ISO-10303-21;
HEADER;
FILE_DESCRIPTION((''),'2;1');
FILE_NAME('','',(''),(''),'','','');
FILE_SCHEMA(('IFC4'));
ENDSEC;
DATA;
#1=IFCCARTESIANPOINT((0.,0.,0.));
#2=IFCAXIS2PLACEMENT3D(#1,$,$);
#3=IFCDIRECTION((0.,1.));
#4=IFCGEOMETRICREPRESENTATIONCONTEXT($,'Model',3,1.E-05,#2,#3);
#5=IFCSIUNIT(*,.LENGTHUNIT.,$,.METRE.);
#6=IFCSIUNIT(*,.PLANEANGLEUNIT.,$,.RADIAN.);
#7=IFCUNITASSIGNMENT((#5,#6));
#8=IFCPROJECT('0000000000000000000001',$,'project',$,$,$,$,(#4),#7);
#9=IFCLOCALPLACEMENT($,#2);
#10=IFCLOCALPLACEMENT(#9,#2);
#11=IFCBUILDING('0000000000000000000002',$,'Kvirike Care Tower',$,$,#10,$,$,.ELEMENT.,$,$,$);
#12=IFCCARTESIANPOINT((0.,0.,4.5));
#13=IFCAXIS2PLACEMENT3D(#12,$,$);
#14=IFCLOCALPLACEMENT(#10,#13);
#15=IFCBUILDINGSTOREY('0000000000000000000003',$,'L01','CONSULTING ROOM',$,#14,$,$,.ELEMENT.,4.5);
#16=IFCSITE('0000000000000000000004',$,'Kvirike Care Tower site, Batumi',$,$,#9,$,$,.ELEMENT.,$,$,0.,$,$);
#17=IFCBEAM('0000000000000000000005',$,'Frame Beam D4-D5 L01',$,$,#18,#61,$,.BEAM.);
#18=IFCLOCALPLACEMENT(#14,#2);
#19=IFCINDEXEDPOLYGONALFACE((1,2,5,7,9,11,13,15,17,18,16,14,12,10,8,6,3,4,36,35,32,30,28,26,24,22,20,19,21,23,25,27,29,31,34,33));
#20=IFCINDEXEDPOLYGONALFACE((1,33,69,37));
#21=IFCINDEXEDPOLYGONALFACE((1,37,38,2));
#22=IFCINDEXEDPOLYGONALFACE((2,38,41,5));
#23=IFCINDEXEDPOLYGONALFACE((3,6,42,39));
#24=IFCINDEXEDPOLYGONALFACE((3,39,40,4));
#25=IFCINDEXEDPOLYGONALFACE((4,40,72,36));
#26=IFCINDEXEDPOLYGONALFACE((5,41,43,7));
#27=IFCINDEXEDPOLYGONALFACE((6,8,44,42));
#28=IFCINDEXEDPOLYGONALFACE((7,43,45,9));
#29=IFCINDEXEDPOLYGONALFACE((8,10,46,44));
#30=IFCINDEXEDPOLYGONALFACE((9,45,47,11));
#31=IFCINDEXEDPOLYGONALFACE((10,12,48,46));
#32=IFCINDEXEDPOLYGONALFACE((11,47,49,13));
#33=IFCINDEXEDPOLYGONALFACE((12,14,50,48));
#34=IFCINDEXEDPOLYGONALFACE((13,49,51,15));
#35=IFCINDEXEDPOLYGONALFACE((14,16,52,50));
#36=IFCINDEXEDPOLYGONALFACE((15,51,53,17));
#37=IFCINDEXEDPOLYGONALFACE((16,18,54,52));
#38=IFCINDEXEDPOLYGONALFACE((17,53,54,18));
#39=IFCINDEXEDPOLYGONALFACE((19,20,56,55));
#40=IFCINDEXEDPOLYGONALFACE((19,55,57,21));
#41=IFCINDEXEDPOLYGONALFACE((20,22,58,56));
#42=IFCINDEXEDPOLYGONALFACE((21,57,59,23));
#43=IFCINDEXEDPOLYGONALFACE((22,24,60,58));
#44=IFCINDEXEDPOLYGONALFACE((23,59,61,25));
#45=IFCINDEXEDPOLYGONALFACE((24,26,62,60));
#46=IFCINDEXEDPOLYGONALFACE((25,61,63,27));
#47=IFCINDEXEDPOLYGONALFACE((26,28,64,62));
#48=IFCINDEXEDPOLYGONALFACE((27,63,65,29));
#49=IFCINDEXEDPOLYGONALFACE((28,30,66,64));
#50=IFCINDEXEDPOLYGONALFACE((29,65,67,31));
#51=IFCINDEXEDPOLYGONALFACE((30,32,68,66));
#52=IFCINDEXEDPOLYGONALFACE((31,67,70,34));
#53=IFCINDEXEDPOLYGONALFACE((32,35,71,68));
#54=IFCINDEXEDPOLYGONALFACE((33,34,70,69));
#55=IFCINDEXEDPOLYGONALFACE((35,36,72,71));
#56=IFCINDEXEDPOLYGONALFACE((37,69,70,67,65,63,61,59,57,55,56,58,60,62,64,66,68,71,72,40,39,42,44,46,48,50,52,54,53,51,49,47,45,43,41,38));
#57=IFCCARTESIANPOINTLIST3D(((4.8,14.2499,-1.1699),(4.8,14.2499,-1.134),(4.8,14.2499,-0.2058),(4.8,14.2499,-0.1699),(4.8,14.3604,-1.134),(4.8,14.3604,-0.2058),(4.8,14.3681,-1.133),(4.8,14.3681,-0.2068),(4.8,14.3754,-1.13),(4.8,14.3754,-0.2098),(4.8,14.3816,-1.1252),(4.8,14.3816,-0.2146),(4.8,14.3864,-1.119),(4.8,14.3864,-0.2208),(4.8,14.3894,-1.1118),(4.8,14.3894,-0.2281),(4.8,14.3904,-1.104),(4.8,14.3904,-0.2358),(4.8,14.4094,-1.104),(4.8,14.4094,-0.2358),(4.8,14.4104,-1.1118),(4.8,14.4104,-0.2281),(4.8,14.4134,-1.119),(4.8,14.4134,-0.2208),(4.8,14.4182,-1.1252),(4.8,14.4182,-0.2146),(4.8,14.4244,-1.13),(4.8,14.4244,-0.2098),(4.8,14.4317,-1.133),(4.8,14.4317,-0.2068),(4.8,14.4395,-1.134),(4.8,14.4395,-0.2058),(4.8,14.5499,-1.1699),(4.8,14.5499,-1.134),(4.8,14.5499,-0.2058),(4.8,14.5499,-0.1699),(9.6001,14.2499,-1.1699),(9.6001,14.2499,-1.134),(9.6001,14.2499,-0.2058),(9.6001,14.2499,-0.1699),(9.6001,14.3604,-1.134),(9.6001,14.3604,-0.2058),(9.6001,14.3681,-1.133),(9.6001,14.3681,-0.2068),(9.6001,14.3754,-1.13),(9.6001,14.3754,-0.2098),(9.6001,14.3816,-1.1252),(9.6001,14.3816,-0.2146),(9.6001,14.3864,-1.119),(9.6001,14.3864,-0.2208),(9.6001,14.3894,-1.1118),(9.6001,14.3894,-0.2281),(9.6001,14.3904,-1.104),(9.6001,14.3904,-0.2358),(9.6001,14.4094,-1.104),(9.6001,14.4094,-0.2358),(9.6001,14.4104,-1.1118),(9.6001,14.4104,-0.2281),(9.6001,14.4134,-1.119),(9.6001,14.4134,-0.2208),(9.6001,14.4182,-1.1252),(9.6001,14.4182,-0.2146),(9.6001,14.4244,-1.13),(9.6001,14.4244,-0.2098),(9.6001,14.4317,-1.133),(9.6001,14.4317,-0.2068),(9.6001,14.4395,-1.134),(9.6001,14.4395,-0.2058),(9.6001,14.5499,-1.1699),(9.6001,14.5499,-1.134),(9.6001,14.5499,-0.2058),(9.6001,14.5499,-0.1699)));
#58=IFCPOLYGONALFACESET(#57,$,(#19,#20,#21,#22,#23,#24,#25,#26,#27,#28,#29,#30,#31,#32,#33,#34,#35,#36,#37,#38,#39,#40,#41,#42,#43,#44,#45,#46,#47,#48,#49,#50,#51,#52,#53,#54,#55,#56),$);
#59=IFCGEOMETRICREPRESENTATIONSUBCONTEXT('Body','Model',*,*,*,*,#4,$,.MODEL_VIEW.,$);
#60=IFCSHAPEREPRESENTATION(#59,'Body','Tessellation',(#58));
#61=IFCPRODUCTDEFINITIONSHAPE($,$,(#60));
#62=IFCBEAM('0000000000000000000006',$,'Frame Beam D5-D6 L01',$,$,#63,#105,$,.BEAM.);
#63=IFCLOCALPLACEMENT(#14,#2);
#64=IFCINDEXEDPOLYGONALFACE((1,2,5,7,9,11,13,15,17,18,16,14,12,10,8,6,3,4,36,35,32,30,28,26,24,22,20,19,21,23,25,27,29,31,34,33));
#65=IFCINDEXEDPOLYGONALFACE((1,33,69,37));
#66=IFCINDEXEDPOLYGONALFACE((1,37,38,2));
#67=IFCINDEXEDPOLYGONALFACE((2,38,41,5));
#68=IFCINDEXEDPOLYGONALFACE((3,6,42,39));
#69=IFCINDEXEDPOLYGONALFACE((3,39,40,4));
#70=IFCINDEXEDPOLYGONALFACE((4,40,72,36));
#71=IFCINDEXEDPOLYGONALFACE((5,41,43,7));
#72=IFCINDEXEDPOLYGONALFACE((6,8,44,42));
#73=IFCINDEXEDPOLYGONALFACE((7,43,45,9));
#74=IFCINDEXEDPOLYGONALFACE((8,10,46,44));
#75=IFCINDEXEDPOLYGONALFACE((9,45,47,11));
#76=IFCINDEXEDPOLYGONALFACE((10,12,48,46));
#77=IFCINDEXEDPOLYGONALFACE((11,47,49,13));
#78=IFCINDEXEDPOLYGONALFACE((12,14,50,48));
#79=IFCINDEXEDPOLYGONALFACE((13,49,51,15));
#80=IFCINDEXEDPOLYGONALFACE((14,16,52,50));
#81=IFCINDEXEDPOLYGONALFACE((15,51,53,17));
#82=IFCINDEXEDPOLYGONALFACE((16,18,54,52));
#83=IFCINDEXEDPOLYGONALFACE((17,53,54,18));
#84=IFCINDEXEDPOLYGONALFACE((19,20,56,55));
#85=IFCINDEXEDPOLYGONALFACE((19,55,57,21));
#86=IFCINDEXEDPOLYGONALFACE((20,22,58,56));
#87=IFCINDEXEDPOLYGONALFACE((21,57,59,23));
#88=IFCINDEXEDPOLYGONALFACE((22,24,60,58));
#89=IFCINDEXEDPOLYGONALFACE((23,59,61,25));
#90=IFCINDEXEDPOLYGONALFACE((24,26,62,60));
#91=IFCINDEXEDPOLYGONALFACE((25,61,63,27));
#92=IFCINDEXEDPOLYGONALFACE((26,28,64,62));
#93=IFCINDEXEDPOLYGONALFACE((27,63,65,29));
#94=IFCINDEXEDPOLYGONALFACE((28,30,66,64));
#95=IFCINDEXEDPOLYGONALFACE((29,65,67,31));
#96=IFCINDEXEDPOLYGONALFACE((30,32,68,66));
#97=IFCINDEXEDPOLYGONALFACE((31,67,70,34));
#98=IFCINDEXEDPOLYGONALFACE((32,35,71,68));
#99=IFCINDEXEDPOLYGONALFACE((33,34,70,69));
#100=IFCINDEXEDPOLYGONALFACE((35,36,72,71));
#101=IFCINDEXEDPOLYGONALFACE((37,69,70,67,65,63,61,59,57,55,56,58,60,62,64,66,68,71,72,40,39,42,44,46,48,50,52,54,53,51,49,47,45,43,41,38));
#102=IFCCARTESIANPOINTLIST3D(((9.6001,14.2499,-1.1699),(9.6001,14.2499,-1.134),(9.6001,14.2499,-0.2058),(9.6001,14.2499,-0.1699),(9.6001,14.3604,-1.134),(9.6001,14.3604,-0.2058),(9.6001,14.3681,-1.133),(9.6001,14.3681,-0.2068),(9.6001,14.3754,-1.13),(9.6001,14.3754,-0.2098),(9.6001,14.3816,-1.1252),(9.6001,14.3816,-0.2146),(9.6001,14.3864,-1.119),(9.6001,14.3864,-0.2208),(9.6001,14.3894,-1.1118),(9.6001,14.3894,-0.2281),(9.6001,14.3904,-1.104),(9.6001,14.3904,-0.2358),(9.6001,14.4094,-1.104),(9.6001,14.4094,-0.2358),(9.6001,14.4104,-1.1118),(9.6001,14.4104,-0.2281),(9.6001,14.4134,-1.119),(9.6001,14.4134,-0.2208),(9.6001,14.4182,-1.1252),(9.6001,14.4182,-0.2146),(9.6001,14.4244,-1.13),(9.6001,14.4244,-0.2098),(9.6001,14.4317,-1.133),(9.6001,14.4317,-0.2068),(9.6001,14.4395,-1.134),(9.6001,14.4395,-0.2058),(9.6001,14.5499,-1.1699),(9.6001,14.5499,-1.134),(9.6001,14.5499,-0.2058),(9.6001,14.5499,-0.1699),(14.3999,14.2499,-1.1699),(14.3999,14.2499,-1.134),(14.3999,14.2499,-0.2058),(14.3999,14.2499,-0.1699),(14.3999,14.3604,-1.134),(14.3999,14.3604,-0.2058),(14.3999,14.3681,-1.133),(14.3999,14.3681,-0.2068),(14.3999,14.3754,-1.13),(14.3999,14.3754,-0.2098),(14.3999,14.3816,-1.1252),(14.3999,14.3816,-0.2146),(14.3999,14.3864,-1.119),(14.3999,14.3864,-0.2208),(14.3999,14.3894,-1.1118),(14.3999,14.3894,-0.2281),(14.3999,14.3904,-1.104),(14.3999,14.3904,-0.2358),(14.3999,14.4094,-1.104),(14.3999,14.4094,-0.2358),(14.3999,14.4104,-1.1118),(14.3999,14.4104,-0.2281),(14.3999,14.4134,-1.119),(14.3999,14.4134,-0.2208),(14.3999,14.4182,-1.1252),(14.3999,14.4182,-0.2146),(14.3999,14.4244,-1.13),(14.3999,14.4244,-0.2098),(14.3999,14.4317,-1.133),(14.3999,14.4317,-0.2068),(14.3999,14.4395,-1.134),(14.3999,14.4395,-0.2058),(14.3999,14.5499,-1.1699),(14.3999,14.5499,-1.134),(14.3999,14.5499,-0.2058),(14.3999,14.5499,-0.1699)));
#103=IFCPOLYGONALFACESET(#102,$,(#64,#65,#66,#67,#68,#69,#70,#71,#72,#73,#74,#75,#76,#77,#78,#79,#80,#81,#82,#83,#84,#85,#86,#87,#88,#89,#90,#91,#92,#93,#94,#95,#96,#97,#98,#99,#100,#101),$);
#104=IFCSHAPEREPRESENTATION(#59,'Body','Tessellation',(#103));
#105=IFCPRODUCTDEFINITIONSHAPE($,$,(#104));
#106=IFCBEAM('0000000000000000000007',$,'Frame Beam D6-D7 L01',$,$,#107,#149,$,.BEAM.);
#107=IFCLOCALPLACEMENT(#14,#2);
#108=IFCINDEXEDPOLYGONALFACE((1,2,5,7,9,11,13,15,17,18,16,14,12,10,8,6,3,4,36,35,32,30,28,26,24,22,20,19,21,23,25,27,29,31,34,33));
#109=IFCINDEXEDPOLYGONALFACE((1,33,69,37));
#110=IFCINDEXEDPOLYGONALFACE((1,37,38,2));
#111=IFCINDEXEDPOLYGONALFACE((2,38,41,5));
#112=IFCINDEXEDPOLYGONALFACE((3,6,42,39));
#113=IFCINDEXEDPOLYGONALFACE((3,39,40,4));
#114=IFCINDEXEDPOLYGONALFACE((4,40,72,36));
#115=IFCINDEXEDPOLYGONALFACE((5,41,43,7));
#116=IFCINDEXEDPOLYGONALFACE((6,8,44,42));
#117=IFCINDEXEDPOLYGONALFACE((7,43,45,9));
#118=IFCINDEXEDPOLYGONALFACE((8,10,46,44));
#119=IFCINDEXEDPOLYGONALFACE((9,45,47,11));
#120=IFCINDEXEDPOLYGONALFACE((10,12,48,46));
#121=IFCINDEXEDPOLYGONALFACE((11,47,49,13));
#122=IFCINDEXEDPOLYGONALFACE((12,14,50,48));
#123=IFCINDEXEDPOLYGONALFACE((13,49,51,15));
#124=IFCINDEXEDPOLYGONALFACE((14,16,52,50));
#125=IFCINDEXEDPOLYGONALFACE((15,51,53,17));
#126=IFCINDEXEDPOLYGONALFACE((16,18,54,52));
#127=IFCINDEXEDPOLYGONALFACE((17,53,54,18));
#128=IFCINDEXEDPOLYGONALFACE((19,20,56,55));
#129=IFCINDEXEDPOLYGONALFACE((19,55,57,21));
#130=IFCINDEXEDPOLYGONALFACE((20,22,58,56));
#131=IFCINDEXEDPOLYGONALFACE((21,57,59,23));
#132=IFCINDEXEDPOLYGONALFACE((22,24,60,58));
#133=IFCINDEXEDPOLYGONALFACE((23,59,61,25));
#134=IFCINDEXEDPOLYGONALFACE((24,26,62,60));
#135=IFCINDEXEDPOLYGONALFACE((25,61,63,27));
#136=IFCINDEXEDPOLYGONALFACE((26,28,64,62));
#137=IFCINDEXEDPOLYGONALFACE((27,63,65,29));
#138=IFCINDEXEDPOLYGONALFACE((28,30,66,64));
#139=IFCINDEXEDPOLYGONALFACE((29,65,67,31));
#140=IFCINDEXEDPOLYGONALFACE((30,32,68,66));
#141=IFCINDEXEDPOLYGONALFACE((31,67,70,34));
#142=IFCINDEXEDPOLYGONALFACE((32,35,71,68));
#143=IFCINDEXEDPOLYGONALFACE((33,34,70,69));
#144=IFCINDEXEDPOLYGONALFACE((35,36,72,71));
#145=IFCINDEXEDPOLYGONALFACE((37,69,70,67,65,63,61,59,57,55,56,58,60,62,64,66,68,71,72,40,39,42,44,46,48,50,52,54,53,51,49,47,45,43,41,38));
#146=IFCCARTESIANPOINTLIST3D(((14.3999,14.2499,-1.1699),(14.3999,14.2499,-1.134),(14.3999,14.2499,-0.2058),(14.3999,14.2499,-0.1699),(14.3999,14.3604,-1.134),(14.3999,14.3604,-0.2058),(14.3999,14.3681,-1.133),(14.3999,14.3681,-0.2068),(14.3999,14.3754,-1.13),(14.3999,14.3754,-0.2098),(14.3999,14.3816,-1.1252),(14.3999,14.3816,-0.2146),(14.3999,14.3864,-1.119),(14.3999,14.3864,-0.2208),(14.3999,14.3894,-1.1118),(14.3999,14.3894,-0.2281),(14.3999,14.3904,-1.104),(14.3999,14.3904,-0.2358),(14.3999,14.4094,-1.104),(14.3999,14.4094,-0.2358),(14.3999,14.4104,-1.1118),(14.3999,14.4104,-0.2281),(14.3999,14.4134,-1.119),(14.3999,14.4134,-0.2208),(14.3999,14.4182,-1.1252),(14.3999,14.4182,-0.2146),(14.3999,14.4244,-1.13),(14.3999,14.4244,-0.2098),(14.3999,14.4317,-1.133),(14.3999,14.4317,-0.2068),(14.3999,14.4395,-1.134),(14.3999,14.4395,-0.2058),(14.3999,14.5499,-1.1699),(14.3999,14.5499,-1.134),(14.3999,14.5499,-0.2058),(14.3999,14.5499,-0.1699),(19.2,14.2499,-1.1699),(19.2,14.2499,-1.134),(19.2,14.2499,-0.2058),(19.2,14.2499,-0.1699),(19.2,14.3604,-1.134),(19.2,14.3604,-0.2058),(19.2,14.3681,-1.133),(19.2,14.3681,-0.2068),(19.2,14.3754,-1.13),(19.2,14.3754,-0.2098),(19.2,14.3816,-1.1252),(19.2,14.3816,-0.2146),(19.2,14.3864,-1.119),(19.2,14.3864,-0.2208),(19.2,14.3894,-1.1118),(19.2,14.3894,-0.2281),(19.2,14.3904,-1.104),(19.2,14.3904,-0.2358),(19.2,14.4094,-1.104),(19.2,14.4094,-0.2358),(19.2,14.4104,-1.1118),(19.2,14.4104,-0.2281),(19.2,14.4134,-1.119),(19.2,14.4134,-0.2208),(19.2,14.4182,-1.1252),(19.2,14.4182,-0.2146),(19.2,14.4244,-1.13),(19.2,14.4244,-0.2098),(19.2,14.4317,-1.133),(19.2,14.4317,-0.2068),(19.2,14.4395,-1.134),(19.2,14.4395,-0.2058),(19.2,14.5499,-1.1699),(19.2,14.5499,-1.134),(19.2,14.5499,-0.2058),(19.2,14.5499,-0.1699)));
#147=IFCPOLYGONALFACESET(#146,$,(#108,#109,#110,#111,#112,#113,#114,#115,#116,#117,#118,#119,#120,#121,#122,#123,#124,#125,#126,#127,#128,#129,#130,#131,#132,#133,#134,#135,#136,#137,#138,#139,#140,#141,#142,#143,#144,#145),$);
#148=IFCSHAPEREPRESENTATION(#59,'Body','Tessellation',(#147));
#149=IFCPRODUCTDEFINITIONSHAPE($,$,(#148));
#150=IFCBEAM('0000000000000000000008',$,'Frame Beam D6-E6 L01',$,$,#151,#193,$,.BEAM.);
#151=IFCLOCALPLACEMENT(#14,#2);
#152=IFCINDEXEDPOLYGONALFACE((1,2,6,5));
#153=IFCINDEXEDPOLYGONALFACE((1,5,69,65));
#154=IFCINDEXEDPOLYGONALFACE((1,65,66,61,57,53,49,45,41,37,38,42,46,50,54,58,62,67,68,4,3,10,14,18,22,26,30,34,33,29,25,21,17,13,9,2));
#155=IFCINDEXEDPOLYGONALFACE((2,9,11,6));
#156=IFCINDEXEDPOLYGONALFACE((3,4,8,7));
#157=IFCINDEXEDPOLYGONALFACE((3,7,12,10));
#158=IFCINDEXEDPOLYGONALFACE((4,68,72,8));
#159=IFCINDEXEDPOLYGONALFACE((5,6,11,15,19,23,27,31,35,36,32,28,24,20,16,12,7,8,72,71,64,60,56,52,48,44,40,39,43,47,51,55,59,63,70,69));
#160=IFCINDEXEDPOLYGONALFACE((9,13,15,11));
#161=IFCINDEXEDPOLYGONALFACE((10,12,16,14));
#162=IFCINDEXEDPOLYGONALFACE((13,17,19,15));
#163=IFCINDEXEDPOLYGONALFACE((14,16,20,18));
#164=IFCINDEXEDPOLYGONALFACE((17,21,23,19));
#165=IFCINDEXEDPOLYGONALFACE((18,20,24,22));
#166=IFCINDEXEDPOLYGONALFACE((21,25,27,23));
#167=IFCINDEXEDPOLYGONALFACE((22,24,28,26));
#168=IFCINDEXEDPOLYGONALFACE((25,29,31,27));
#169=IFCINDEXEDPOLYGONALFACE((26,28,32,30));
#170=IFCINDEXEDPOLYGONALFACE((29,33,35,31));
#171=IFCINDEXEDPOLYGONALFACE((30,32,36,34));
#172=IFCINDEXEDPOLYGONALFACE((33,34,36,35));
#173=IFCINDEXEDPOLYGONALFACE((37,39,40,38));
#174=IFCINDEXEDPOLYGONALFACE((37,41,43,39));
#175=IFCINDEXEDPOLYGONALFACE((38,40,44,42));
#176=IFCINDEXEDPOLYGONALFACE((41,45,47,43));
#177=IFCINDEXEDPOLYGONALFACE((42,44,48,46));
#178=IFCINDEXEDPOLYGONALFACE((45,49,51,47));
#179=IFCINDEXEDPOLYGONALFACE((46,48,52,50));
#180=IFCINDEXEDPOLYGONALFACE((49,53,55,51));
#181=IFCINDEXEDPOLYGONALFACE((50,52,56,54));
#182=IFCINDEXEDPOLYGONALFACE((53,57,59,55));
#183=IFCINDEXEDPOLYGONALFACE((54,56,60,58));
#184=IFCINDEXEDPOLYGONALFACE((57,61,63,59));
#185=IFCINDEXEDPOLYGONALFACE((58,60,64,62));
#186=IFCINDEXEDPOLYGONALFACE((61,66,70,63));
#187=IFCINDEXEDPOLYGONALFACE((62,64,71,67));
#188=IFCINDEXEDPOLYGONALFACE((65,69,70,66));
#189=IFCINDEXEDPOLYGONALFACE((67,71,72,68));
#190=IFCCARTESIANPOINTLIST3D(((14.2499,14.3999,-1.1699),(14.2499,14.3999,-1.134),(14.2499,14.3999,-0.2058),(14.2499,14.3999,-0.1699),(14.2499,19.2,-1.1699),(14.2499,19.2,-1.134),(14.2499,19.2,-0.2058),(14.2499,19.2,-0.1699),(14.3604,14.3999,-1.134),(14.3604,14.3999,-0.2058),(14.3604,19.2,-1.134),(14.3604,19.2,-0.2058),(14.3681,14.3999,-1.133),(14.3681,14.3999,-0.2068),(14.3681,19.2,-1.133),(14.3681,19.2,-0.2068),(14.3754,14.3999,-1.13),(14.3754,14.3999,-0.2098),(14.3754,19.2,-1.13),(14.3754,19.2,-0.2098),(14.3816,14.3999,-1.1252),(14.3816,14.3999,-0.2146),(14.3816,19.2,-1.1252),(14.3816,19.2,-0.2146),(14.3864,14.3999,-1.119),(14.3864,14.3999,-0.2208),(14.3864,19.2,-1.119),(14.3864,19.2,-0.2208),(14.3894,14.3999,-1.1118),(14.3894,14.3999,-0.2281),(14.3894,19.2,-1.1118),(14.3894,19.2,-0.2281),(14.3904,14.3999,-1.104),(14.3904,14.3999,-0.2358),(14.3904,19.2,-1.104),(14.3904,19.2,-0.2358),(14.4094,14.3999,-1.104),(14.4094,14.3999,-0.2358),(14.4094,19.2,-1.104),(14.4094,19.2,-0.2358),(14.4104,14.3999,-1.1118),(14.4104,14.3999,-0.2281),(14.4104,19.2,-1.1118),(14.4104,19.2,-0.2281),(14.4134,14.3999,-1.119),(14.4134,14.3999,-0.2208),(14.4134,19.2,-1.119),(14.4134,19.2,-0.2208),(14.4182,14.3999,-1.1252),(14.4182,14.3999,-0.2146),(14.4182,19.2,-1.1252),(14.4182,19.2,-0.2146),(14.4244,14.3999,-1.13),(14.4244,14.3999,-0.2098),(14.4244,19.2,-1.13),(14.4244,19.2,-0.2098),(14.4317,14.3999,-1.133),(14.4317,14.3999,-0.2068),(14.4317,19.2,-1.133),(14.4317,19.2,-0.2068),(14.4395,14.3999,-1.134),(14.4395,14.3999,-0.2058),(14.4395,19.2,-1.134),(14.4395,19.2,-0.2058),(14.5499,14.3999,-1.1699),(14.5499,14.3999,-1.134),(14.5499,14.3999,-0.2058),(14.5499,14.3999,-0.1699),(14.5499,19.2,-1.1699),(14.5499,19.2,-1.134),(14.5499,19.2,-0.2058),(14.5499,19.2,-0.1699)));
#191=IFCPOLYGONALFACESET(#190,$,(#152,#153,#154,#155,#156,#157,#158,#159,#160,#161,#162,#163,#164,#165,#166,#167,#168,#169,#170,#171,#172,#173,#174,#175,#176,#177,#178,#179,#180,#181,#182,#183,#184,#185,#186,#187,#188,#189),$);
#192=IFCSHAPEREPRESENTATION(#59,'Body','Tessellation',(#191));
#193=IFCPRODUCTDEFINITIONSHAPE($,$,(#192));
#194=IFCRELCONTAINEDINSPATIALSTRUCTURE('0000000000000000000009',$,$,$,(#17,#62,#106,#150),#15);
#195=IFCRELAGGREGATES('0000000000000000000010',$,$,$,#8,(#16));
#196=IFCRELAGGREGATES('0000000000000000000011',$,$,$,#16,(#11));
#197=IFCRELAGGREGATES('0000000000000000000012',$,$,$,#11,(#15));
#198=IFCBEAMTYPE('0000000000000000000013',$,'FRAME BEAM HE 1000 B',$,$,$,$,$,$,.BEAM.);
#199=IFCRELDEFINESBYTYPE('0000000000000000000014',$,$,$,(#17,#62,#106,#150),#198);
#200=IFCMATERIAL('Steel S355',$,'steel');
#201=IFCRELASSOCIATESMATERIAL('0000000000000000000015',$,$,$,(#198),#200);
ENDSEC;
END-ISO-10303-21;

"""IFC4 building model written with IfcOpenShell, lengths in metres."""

from ifc_helpers import new_model, si_unit, direction, frame, origin, origin_2d, place, context, subcontext, project, spatial, i_section, extrude, material, material_profile, profile_set, type_object, element, save


model = new_model("IFC4")

# Units and contexts
model_context = context("Model", 3, precision=1e-05, world=origin(), true_north=direction((0.0, 1.0)))
body_context = subcontext(model_context, "Body", "Model", "MODEL_VIEW")
ifc_project = project(units=[si_unit("LENGTHUNIT", "METRE"), si_unit("PLANEANGLEUNIT", "RADIAN")], contexts=[model_context])

# Site, building, storey
site_placement = place(None, origin())
site = spatial("IfcSite", under=ifc_project, at=site_placement, Name="Kvirike Care Tower site, Batumi", CompositionType="ELEMENT", RefElevation=0.0)
building_placement = place(site_placement, origin())
building = spatial("IfcBuilding", under=site, at=building_placement, Name="Kvirike Care Tower", CompositionType="ELEMENT")
storey_placement = place(building_placement, frame((0.0, 0.0, 4.5)))
storey = spatial("IfcBuildingStorey", under=building, at=storey_placement, Name="L01", Description="CONSULTING ROOM", CompositionType="ELEMENT", Elevation=4.5)

# Beams
ifc_material_1 = material(Name="Steel S355", Category="steel")
ifc_material_profile_1 = material_profile(ifc_material_1, i_section(OverallWidth=0.3, OverallDepth=1.0, WebThickness=0.019, FlangeThickness=0.0359, FilletRadius=0.03, at=origin_2d()), Name="HE 1000 B")
ifc_profile_set_1 = profile_set([ifc_material_profile_1], Name="Steel S355")
beam_type_1 = type_object("IfcBeamType", Name="FRAME BEAM HE 1000 B", PredefinedType="BEAM", material=ifc_profile_set_1)
for number, where, z_axis, x_axis, name in (
    (1, (4.8, 14.3999, -0.6699), (1.0, 0.0, 0.0), (0.0, 1.0, 0.0), "Frame Beam D4-D5 L01"),
):
    element("IfcBeam", number, at=place(storey_placement, frame(where, z_axis=z_axis, x_axis=x_axis)), inside=storey, type_object=beam_type_1, Name=name, PredefinedType="BEAM", context=body_context, shape_type="SweptSolid", body=[
        extrude(i_section(OverallWidth=0.3, OverallDepth=1.0, WebThickness=0.019, FlangeThickness=0.0359, FilletRadius=0.03, at=origin_2d()), origin(), (0.0, 0.0, 1.0), 4.8),
    ])
beam_1_placement = place(storey_placement, frame((9.6001, 14.3999, -0.6699), z_axis=(1.0, 0.0, 0.0), x_axis=(0.0, 1.0, 0.0)))
element("IfcBeam", 2, at=beam_1_placement, inside=storey, type_object=beam_type_1, Name="Frame Beam D5-D6 L01", PredefinedType="BEAM", context=body_context, shape_type="SweptSolid", body=[
    extrude(i_section(OverallWidth=0.3, OverallDepth=1.0, WebThickness=0.019, FlangeThickness=0.0359, FilletRadius=0.03, at=origin_2d()), origin(), (0.0, 0.0, 1.0), 4.7998),
])
for number, where, z_axis, x_axis, name in (
    (3, (14.3999, 14.3999, -0.6699), (1.0, 0.0, 0.0), (0.0, 1.0, 0.0), "Frame Beam D6-D7 L01"),
    (4, (14.3999, 14.3999, -0.6699), (0.0, 1.0, 0.0), (-1.0, 0.0, 0.0), "Frame Beam D6-E6 L01"),
):
    element("IfcBeam", number, at=place(storey_placement, frame(where, z_axis=z_axis, x_axis=x_axis)), inside=storey, type_object=beam_type_1, Name=name, PredefinedType="BEAM", context=body_context, shape_type="SweptSolid", body=[
        extrude(i_section(OverallWidth=0.3, OverallDepth=1.0, WebThickness=0.019, FlangeThickness=0.0359, FilletRadius=0.03, at=origin_2d()), origin(), (0.0, 0.0, 1.0), 4.8),
    ])

save(model, "model.ifc")
